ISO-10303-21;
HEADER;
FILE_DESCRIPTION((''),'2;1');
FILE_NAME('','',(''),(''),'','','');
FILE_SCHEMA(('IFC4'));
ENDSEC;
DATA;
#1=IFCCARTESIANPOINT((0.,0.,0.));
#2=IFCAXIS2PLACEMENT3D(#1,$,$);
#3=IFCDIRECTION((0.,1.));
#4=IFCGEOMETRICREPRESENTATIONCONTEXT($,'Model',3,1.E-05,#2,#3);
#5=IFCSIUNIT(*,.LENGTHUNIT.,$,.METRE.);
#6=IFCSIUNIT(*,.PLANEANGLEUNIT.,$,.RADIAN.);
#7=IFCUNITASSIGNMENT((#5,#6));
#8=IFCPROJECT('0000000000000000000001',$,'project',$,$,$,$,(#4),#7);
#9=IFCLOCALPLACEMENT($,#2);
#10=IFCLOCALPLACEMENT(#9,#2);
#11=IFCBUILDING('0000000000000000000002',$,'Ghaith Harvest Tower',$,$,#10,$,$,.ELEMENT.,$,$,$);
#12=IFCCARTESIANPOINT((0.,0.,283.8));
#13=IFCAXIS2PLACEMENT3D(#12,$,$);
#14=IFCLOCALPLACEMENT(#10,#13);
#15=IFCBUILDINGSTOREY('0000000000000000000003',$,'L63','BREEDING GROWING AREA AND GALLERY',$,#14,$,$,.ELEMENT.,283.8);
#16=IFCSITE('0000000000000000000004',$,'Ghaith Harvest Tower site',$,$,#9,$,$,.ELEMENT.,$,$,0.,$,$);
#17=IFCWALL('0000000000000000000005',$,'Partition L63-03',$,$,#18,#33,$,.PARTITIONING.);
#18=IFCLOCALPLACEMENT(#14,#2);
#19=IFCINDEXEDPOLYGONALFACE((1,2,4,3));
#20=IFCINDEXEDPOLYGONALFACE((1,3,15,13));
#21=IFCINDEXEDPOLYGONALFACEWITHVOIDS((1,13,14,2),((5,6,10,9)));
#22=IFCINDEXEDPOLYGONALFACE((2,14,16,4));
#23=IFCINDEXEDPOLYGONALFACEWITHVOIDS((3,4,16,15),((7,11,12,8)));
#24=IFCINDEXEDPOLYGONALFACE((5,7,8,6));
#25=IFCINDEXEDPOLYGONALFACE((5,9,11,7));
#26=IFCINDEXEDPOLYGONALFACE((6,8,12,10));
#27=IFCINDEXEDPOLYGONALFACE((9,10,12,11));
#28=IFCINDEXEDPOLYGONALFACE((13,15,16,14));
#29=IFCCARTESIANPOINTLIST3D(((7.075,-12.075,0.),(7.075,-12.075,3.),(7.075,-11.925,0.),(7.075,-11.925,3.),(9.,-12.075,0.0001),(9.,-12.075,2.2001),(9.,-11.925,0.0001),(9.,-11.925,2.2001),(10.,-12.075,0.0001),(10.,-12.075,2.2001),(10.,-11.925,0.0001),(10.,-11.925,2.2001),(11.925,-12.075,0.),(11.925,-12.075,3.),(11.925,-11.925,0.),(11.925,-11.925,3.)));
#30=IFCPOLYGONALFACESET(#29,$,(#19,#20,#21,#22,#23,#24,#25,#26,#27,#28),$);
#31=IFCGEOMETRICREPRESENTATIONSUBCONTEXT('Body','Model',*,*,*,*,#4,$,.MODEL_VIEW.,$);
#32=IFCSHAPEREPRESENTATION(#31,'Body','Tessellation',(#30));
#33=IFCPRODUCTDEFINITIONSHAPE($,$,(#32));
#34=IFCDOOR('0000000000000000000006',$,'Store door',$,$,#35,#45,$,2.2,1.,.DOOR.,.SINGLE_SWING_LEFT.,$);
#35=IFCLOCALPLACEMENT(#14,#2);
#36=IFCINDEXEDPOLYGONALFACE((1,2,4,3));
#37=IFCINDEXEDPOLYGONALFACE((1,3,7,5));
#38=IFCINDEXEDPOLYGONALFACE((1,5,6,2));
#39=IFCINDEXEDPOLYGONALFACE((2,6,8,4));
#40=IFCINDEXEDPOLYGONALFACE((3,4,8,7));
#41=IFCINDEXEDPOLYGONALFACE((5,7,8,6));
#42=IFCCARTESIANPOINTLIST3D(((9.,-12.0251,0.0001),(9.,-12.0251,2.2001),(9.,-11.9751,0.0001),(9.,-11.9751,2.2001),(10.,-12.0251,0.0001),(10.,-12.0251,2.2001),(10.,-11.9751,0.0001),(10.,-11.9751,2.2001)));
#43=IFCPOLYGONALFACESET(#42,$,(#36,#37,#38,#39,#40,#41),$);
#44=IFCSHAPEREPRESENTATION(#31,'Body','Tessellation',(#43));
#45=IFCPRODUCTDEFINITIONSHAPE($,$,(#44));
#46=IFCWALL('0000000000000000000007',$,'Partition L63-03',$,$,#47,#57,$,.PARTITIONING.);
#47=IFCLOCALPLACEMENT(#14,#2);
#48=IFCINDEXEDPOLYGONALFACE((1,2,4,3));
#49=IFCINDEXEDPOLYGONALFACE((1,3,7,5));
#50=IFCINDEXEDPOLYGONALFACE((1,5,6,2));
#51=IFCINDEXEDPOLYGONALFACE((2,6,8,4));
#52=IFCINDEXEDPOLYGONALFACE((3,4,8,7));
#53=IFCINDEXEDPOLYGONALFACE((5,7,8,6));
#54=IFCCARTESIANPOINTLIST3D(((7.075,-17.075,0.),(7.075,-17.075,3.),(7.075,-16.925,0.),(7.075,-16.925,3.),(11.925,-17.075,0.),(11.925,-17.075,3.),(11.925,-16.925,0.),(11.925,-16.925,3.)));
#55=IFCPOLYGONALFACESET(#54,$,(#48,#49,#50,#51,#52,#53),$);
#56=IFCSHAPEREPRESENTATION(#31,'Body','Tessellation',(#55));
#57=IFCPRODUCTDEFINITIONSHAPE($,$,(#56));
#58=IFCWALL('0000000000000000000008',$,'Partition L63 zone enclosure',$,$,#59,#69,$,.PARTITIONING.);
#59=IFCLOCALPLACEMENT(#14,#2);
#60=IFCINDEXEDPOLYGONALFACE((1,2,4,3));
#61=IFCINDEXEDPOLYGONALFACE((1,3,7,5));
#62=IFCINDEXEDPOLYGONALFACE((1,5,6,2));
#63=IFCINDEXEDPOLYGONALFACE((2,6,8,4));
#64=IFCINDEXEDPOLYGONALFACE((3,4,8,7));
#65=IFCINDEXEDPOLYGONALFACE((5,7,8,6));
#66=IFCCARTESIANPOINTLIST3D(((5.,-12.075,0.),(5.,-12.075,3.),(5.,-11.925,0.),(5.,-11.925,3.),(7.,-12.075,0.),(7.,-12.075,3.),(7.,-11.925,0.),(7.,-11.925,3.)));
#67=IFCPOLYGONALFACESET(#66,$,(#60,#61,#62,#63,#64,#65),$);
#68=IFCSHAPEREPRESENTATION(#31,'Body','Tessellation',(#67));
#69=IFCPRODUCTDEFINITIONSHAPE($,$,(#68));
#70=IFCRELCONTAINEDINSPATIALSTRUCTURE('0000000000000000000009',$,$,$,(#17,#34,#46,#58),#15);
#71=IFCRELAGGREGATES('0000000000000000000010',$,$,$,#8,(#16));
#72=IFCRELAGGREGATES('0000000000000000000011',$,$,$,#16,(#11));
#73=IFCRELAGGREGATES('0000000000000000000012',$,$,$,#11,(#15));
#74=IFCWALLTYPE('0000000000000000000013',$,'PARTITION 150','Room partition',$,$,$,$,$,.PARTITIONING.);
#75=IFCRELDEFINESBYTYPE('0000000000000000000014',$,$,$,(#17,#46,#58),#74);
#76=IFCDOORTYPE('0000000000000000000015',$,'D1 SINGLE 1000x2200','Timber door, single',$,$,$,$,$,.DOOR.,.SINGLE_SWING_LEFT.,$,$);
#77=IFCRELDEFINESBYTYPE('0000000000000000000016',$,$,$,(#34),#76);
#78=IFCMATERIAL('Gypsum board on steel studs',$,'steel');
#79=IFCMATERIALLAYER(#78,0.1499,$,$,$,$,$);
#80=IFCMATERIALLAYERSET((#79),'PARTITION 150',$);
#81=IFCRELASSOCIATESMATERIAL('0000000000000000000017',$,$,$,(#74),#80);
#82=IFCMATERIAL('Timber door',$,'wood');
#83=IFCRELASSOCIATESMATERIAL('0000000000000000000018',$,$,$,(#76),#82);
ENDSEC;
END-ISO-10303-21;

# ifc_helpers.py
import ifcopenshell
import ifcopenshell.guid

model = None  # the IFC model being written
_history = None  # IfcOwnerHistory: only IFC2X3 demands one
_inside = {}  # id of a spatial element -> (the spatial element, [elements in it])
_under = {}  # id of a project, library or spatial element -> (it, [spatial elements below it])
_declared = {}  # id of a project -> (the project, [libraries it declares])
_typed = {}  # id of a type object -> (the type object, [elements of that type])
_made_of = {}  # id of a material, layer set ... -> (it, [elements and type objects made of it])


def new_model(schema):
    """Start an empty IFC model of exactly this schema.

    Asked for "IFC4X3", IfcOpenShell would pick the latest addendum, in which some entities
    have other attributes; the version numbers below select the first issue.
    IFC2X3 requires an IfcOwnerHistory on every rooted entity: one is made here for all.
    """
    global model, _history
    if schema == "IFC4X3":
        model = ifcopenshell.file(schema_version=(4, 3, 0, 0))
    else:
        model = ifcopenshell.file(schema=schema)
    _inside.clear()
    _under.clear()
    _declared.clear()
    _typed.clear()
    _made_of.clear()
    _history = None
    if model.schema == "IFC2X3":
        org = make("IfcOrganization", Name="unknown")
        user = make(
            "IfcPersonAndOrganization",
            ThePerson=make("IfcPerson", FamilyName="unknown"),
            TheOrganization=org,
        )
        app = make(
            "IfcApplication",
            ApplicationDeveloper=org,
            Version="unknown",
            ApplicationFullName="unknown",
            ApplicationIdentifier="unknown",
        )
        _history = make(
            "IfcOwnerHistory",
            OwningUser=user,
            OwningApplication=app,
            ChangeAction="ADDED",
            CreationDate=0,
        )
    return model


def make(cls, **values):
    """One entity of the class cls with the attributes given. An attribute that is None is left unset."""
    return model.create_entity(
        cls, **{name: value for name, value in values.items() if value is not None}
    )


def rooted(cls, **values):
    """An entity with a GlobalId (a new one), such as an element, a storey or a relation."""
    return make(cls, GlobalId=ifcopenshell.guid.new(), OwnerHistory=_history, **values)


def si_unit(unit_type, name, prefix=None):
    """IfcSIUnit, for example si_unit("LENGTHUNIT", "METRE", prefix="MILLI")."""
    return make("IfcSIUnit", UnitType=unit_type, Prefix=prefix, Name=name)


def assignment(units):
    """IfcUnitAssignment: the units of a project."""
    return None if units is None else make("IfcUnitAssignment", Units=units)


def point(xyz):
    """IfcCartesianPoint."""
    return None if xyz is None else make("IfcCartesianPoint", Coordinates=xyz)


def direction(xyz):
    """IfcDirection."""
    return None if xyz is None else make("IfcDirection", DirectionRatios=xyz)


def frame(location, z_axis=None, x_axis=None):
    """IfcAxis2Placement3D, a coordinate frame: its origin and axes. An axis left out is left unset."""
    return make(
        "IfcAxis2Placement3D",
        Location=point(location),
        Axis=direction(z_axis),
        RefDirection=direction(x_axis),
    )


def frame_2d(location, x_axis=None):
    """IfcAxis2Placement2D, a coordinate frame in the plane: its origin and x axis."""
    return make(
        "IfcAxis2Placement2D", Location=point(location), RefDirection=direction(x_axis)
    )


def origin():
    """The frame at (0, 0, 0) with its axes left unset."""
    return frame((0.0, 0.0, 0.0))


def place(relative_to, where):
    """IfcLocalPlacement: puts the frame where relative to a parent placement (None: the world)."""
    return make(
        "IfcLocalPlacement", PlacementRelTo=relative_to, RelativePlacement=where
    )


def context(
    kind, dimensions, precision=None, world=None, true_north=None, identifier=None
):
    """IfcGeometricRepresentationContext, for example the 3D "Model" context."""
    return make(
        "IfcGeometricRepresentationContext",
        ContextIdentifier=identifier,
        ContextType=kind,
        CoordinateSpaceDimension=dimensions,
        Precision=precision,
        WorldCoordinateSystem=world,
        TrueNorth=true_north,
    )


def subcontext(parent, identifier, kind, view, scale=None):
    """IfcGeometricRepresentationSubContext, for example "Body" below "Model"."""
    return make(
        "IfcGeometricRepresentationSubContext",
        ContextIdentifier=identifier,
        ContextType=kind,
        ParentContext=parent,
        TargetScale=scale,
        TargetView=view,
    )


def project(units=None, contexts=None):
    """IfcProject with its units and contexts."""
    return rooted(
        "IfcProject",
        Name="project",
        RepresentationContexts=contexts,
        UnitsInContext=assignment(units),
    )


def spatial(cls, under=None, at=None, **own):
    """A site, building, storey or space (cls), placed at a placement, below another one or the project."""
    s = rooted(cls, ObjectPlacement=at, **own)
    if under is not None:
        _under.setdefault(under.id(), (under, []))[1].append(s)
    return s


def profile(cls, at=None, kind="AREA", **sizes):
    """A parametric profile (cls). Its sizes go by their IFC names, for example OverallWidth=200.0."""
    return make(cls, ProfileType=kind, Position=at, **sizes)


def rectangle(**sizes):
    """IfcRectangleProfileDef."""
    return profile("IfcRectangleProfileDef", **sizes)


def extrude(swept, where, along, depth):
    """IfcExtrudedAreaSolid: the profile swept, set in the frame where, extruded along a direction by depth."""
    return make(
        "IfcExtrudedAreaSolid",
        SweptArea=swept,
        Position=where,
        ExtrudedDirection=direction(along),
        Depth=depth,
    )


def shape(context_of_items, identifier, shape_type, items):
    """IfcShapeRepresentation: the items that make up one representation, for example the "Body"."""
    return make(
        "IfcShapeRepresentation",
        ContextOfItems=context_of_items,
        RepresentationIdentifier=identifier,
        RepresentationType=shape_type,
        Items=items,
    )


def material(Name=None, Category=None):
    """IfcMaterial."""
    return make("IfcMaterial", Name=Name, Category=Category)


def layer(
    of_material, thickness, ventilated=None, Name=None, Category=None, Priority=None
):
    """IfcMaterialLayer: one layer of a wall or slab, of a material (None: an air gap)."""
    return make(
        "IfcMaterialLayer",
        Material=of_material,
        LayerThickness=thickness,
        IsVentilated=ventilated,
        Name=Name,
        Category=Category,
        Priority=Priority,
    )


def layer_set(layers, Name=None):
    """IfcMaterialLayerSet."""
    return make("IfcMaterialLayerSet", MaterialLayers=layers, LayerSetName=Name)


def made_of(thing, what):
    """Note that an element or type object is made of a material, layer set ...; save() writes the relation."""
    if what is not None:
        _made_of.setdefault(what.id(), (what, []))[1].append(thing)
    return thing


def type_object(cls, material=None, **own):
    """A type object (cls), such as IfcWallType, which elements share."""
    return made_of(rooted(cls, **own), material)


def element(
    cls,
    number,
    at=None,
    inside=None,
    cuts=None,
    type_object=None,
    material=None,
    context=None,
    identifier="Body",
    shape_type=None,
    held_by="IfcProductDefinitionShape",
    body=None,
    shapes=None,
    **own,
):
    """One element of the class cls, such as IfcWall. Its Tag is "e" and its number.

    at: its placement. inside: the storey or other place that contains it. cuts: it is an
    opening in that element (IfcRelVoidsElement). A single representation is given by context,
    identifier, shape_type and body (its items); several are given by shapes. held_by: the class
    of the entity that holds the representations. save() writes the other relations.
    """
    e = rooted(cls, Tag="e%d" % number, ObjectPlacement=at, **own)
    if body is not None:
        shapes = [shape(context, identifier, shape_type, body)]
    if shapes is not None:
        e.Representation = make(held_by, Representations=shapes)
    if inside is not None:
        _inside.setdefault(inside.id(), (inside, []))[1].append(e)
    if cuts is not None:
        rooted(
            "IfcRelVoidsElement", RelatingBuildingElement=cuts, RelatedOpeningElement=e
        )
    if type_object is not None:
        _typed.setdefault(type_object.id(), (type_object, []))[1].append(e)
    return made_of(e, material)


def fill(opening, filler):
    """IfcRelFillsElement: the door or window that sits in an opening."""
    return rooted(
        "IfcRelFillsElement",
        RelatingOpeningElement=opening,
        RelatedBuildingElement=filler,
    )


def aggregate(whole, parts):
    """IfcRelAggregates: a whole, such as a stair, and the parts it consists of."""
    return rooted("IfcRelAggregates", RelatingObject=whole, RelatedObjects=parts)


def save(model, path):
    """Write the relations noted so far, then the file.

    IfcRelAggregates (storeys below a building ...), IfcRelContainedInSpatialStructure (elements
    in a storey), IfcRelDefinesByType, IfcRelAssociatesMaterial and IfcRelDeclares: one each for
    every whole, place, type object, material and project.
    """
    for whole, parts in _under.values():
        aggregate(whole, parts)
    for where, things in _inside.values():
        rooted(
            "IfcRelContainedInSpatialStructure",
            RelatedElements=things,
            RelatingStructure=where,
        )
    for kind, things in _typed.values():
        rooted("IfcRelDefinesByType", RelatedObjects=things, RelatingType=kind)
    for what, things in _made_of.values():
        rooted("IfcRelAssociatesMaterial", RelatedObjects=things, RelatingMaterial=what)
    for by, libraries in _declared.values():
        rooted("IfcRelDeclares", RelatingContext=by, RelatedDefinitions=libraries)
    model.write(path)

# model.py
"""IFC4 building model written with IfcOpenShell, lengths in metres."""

from ifc_helpers import new_model, si_unit, direction, frame, frame_2d, origin, place, context, subcontext, project, spatial, rectangle, extrude, material, layer, layer_set, type_object, element, fill, save


model = new_model("IFC4")

# Units and contexts
model_context = context("Model", 3, precision=1e-05, world=origin(), true_north=direction((0.0, 1.0)))
body_context = subcontext(model_context, "Body", "Model", "MODEL_VIEW")
ifc_project = project(units=[si_unit("LENGTHUNIT", "METRE"), si_unit("PLANEANGLEUNIT", "RADIAN")], contexts=[model_context])

# Site, building, storey
site_placement = place(None, origin())
site = spatial("IfcSite", under=ifc_project, at=site_placement, Name="Ghaith Harvest Tower site", CompositionType="ELEMENT", RefElevation=0.0)
building_placement = place(site_placement, origin())
building = spatial("IfcBuilding", under=site, at=building_placement, Name="Ghaith Harvest Tower", CompositionType="ELEMENT")
storey_placement = place(building_placement, frame((0.0, 0.0, 283.8)))
storey = spatial("IfcBuildingStorey", under=building, at=storey_placement, Name="L63", Description="BREEDING GROWING AREA AND GALLERY", CompositionType="ELEMENT", Elevation=283.8)

# Shared definitions
ifc_material_1 = material(Name="Gypsum board on steel studs", Category="steel")
ifc_layer_1 = layer(ifc_material_1, 0.1499)
ifc_layer_set_1 = layer_set([ifc_layer_1], Name="PARTITION 150")
wall_type = type_object("IfcWallType", Name="PARTITION 150", Description="Room partition", PredefinedType="PARTITIONING", material=ifc_layer_set_1)

# Shared definitions
ifc_material_2 = material(Name="Timber door", Category="wood")
door_type = type_object("IfcDoorType", Name="D1 SINGLE 1000x2200", Description="Timber door, single", OperationType="SINGLE_SWING_LEFT", PredefinedType="DOOR", material=ifc_material_2)

# Wall, opening, door
wall_1_placement = place(storey_placement, frame((7.075, -12.0, 0.0), z_axis=(0.0, 0.0, 1.0), x_axis=(1.0, 0.0, 0.0)))
wall_1 = element("IfcWall", 1, at=wall_1_placement, inside=storey, type_object=wall_type, Name="Partition L63-03", PredefinedType="PARTITIONING", context=body_context, shape_type="SweptSolid", body=[
    extrude(rectangle(XDim=4.8501, YDim=0.1499, at=frame_2d((2.425, 0.0))), origin(), (0.0, 0.0, 1.0), 3.0),
])
opening_1_placement = place(wall_1_placement, frame((1.925, 0.0, 0.0)))
opening_1 = element("IfcOpeningElement", 2, at=opening_1_placement, cuts=wall_1, PredefinedType="OPENING", context=body_context, shape_type="SweptSolid", body=[
    extrude(rectangle(XDim=1.0, YDim=2.2, at=frame_2d((0.5, 1.1001))), frame((0.0, 0.085, 0.0), z_axis=(0.0, -1.0, 0.0), x_axis=(1.0, 0.0, 0.0)), (0.0, 0.0, 1.0), 0.1699),
])
door_1_placement = place(opening_1_placement, origin())
door_1 = element("IfcDoor", 3, at=door_1_placement, inside=storey, type_object=door_type, Name="Store door", OperationType="SINGLE_SWING_LEFT", OverallHeight=2.2, OverallWidth=1.0, PredefinedType="DOOR", context=body_context, shape_type="SweptSolid", body=[
    extrude(rectangle(XDim=1.0, YDim=2.2, at=frame_2d((0.5, 1.1001))), frame((0.0, 0.0249, 0.0), z_axis=(0.0, -1.0, 0.0), x_axis=(1.0, 0.0, 0.0)), (0.0, 0.0, 1.0), 0.05),
])
fill(opening_1, door_1)

# Walls
wall_2_placement = place(storey_placement, frame((7.075, -17.0, 0.0), z_axis=(0.0, 0.0, 1.0), x_axis=(1.0, 0.0, 0.0)))
element("IfcWall", 4, at=wall_2_placement, inside=storey, type_object=wall_type, Name="Partition L63-03", PredefinedType="PARTITIONING", context=body_context, shape_type="SweptSolid", body=[
    extrude(rectangle(XDim=4.8501, YDim=0.1499, at=frame_2d((2.425, 0.0))), origin(), (0.0, 0.0, 1.0), 3.0),
])
wall_3_placement = place(storey_placement, frame((5.0, -12.0, 0.0), z_axis=(0.0, 0.0, 1.0), x_axis=(1.0, 0.0, 0.0)))
element("IfcWall", 5, at=wall_3_placement, inside=storey, type_object=wall_type, Name="Partition L63 zone enclosure", PredefinedType="PARTITIONING", context=body_context, shape_type="SweptSolid", body=[
    extrude(rectangle(XDim=2.0, YDim=0.1499, at=frame_2d((1.0, 0.0))), origin(), (0.0, 0.0, 1.0), 3.0),
])

save(model, "model.ifc")
